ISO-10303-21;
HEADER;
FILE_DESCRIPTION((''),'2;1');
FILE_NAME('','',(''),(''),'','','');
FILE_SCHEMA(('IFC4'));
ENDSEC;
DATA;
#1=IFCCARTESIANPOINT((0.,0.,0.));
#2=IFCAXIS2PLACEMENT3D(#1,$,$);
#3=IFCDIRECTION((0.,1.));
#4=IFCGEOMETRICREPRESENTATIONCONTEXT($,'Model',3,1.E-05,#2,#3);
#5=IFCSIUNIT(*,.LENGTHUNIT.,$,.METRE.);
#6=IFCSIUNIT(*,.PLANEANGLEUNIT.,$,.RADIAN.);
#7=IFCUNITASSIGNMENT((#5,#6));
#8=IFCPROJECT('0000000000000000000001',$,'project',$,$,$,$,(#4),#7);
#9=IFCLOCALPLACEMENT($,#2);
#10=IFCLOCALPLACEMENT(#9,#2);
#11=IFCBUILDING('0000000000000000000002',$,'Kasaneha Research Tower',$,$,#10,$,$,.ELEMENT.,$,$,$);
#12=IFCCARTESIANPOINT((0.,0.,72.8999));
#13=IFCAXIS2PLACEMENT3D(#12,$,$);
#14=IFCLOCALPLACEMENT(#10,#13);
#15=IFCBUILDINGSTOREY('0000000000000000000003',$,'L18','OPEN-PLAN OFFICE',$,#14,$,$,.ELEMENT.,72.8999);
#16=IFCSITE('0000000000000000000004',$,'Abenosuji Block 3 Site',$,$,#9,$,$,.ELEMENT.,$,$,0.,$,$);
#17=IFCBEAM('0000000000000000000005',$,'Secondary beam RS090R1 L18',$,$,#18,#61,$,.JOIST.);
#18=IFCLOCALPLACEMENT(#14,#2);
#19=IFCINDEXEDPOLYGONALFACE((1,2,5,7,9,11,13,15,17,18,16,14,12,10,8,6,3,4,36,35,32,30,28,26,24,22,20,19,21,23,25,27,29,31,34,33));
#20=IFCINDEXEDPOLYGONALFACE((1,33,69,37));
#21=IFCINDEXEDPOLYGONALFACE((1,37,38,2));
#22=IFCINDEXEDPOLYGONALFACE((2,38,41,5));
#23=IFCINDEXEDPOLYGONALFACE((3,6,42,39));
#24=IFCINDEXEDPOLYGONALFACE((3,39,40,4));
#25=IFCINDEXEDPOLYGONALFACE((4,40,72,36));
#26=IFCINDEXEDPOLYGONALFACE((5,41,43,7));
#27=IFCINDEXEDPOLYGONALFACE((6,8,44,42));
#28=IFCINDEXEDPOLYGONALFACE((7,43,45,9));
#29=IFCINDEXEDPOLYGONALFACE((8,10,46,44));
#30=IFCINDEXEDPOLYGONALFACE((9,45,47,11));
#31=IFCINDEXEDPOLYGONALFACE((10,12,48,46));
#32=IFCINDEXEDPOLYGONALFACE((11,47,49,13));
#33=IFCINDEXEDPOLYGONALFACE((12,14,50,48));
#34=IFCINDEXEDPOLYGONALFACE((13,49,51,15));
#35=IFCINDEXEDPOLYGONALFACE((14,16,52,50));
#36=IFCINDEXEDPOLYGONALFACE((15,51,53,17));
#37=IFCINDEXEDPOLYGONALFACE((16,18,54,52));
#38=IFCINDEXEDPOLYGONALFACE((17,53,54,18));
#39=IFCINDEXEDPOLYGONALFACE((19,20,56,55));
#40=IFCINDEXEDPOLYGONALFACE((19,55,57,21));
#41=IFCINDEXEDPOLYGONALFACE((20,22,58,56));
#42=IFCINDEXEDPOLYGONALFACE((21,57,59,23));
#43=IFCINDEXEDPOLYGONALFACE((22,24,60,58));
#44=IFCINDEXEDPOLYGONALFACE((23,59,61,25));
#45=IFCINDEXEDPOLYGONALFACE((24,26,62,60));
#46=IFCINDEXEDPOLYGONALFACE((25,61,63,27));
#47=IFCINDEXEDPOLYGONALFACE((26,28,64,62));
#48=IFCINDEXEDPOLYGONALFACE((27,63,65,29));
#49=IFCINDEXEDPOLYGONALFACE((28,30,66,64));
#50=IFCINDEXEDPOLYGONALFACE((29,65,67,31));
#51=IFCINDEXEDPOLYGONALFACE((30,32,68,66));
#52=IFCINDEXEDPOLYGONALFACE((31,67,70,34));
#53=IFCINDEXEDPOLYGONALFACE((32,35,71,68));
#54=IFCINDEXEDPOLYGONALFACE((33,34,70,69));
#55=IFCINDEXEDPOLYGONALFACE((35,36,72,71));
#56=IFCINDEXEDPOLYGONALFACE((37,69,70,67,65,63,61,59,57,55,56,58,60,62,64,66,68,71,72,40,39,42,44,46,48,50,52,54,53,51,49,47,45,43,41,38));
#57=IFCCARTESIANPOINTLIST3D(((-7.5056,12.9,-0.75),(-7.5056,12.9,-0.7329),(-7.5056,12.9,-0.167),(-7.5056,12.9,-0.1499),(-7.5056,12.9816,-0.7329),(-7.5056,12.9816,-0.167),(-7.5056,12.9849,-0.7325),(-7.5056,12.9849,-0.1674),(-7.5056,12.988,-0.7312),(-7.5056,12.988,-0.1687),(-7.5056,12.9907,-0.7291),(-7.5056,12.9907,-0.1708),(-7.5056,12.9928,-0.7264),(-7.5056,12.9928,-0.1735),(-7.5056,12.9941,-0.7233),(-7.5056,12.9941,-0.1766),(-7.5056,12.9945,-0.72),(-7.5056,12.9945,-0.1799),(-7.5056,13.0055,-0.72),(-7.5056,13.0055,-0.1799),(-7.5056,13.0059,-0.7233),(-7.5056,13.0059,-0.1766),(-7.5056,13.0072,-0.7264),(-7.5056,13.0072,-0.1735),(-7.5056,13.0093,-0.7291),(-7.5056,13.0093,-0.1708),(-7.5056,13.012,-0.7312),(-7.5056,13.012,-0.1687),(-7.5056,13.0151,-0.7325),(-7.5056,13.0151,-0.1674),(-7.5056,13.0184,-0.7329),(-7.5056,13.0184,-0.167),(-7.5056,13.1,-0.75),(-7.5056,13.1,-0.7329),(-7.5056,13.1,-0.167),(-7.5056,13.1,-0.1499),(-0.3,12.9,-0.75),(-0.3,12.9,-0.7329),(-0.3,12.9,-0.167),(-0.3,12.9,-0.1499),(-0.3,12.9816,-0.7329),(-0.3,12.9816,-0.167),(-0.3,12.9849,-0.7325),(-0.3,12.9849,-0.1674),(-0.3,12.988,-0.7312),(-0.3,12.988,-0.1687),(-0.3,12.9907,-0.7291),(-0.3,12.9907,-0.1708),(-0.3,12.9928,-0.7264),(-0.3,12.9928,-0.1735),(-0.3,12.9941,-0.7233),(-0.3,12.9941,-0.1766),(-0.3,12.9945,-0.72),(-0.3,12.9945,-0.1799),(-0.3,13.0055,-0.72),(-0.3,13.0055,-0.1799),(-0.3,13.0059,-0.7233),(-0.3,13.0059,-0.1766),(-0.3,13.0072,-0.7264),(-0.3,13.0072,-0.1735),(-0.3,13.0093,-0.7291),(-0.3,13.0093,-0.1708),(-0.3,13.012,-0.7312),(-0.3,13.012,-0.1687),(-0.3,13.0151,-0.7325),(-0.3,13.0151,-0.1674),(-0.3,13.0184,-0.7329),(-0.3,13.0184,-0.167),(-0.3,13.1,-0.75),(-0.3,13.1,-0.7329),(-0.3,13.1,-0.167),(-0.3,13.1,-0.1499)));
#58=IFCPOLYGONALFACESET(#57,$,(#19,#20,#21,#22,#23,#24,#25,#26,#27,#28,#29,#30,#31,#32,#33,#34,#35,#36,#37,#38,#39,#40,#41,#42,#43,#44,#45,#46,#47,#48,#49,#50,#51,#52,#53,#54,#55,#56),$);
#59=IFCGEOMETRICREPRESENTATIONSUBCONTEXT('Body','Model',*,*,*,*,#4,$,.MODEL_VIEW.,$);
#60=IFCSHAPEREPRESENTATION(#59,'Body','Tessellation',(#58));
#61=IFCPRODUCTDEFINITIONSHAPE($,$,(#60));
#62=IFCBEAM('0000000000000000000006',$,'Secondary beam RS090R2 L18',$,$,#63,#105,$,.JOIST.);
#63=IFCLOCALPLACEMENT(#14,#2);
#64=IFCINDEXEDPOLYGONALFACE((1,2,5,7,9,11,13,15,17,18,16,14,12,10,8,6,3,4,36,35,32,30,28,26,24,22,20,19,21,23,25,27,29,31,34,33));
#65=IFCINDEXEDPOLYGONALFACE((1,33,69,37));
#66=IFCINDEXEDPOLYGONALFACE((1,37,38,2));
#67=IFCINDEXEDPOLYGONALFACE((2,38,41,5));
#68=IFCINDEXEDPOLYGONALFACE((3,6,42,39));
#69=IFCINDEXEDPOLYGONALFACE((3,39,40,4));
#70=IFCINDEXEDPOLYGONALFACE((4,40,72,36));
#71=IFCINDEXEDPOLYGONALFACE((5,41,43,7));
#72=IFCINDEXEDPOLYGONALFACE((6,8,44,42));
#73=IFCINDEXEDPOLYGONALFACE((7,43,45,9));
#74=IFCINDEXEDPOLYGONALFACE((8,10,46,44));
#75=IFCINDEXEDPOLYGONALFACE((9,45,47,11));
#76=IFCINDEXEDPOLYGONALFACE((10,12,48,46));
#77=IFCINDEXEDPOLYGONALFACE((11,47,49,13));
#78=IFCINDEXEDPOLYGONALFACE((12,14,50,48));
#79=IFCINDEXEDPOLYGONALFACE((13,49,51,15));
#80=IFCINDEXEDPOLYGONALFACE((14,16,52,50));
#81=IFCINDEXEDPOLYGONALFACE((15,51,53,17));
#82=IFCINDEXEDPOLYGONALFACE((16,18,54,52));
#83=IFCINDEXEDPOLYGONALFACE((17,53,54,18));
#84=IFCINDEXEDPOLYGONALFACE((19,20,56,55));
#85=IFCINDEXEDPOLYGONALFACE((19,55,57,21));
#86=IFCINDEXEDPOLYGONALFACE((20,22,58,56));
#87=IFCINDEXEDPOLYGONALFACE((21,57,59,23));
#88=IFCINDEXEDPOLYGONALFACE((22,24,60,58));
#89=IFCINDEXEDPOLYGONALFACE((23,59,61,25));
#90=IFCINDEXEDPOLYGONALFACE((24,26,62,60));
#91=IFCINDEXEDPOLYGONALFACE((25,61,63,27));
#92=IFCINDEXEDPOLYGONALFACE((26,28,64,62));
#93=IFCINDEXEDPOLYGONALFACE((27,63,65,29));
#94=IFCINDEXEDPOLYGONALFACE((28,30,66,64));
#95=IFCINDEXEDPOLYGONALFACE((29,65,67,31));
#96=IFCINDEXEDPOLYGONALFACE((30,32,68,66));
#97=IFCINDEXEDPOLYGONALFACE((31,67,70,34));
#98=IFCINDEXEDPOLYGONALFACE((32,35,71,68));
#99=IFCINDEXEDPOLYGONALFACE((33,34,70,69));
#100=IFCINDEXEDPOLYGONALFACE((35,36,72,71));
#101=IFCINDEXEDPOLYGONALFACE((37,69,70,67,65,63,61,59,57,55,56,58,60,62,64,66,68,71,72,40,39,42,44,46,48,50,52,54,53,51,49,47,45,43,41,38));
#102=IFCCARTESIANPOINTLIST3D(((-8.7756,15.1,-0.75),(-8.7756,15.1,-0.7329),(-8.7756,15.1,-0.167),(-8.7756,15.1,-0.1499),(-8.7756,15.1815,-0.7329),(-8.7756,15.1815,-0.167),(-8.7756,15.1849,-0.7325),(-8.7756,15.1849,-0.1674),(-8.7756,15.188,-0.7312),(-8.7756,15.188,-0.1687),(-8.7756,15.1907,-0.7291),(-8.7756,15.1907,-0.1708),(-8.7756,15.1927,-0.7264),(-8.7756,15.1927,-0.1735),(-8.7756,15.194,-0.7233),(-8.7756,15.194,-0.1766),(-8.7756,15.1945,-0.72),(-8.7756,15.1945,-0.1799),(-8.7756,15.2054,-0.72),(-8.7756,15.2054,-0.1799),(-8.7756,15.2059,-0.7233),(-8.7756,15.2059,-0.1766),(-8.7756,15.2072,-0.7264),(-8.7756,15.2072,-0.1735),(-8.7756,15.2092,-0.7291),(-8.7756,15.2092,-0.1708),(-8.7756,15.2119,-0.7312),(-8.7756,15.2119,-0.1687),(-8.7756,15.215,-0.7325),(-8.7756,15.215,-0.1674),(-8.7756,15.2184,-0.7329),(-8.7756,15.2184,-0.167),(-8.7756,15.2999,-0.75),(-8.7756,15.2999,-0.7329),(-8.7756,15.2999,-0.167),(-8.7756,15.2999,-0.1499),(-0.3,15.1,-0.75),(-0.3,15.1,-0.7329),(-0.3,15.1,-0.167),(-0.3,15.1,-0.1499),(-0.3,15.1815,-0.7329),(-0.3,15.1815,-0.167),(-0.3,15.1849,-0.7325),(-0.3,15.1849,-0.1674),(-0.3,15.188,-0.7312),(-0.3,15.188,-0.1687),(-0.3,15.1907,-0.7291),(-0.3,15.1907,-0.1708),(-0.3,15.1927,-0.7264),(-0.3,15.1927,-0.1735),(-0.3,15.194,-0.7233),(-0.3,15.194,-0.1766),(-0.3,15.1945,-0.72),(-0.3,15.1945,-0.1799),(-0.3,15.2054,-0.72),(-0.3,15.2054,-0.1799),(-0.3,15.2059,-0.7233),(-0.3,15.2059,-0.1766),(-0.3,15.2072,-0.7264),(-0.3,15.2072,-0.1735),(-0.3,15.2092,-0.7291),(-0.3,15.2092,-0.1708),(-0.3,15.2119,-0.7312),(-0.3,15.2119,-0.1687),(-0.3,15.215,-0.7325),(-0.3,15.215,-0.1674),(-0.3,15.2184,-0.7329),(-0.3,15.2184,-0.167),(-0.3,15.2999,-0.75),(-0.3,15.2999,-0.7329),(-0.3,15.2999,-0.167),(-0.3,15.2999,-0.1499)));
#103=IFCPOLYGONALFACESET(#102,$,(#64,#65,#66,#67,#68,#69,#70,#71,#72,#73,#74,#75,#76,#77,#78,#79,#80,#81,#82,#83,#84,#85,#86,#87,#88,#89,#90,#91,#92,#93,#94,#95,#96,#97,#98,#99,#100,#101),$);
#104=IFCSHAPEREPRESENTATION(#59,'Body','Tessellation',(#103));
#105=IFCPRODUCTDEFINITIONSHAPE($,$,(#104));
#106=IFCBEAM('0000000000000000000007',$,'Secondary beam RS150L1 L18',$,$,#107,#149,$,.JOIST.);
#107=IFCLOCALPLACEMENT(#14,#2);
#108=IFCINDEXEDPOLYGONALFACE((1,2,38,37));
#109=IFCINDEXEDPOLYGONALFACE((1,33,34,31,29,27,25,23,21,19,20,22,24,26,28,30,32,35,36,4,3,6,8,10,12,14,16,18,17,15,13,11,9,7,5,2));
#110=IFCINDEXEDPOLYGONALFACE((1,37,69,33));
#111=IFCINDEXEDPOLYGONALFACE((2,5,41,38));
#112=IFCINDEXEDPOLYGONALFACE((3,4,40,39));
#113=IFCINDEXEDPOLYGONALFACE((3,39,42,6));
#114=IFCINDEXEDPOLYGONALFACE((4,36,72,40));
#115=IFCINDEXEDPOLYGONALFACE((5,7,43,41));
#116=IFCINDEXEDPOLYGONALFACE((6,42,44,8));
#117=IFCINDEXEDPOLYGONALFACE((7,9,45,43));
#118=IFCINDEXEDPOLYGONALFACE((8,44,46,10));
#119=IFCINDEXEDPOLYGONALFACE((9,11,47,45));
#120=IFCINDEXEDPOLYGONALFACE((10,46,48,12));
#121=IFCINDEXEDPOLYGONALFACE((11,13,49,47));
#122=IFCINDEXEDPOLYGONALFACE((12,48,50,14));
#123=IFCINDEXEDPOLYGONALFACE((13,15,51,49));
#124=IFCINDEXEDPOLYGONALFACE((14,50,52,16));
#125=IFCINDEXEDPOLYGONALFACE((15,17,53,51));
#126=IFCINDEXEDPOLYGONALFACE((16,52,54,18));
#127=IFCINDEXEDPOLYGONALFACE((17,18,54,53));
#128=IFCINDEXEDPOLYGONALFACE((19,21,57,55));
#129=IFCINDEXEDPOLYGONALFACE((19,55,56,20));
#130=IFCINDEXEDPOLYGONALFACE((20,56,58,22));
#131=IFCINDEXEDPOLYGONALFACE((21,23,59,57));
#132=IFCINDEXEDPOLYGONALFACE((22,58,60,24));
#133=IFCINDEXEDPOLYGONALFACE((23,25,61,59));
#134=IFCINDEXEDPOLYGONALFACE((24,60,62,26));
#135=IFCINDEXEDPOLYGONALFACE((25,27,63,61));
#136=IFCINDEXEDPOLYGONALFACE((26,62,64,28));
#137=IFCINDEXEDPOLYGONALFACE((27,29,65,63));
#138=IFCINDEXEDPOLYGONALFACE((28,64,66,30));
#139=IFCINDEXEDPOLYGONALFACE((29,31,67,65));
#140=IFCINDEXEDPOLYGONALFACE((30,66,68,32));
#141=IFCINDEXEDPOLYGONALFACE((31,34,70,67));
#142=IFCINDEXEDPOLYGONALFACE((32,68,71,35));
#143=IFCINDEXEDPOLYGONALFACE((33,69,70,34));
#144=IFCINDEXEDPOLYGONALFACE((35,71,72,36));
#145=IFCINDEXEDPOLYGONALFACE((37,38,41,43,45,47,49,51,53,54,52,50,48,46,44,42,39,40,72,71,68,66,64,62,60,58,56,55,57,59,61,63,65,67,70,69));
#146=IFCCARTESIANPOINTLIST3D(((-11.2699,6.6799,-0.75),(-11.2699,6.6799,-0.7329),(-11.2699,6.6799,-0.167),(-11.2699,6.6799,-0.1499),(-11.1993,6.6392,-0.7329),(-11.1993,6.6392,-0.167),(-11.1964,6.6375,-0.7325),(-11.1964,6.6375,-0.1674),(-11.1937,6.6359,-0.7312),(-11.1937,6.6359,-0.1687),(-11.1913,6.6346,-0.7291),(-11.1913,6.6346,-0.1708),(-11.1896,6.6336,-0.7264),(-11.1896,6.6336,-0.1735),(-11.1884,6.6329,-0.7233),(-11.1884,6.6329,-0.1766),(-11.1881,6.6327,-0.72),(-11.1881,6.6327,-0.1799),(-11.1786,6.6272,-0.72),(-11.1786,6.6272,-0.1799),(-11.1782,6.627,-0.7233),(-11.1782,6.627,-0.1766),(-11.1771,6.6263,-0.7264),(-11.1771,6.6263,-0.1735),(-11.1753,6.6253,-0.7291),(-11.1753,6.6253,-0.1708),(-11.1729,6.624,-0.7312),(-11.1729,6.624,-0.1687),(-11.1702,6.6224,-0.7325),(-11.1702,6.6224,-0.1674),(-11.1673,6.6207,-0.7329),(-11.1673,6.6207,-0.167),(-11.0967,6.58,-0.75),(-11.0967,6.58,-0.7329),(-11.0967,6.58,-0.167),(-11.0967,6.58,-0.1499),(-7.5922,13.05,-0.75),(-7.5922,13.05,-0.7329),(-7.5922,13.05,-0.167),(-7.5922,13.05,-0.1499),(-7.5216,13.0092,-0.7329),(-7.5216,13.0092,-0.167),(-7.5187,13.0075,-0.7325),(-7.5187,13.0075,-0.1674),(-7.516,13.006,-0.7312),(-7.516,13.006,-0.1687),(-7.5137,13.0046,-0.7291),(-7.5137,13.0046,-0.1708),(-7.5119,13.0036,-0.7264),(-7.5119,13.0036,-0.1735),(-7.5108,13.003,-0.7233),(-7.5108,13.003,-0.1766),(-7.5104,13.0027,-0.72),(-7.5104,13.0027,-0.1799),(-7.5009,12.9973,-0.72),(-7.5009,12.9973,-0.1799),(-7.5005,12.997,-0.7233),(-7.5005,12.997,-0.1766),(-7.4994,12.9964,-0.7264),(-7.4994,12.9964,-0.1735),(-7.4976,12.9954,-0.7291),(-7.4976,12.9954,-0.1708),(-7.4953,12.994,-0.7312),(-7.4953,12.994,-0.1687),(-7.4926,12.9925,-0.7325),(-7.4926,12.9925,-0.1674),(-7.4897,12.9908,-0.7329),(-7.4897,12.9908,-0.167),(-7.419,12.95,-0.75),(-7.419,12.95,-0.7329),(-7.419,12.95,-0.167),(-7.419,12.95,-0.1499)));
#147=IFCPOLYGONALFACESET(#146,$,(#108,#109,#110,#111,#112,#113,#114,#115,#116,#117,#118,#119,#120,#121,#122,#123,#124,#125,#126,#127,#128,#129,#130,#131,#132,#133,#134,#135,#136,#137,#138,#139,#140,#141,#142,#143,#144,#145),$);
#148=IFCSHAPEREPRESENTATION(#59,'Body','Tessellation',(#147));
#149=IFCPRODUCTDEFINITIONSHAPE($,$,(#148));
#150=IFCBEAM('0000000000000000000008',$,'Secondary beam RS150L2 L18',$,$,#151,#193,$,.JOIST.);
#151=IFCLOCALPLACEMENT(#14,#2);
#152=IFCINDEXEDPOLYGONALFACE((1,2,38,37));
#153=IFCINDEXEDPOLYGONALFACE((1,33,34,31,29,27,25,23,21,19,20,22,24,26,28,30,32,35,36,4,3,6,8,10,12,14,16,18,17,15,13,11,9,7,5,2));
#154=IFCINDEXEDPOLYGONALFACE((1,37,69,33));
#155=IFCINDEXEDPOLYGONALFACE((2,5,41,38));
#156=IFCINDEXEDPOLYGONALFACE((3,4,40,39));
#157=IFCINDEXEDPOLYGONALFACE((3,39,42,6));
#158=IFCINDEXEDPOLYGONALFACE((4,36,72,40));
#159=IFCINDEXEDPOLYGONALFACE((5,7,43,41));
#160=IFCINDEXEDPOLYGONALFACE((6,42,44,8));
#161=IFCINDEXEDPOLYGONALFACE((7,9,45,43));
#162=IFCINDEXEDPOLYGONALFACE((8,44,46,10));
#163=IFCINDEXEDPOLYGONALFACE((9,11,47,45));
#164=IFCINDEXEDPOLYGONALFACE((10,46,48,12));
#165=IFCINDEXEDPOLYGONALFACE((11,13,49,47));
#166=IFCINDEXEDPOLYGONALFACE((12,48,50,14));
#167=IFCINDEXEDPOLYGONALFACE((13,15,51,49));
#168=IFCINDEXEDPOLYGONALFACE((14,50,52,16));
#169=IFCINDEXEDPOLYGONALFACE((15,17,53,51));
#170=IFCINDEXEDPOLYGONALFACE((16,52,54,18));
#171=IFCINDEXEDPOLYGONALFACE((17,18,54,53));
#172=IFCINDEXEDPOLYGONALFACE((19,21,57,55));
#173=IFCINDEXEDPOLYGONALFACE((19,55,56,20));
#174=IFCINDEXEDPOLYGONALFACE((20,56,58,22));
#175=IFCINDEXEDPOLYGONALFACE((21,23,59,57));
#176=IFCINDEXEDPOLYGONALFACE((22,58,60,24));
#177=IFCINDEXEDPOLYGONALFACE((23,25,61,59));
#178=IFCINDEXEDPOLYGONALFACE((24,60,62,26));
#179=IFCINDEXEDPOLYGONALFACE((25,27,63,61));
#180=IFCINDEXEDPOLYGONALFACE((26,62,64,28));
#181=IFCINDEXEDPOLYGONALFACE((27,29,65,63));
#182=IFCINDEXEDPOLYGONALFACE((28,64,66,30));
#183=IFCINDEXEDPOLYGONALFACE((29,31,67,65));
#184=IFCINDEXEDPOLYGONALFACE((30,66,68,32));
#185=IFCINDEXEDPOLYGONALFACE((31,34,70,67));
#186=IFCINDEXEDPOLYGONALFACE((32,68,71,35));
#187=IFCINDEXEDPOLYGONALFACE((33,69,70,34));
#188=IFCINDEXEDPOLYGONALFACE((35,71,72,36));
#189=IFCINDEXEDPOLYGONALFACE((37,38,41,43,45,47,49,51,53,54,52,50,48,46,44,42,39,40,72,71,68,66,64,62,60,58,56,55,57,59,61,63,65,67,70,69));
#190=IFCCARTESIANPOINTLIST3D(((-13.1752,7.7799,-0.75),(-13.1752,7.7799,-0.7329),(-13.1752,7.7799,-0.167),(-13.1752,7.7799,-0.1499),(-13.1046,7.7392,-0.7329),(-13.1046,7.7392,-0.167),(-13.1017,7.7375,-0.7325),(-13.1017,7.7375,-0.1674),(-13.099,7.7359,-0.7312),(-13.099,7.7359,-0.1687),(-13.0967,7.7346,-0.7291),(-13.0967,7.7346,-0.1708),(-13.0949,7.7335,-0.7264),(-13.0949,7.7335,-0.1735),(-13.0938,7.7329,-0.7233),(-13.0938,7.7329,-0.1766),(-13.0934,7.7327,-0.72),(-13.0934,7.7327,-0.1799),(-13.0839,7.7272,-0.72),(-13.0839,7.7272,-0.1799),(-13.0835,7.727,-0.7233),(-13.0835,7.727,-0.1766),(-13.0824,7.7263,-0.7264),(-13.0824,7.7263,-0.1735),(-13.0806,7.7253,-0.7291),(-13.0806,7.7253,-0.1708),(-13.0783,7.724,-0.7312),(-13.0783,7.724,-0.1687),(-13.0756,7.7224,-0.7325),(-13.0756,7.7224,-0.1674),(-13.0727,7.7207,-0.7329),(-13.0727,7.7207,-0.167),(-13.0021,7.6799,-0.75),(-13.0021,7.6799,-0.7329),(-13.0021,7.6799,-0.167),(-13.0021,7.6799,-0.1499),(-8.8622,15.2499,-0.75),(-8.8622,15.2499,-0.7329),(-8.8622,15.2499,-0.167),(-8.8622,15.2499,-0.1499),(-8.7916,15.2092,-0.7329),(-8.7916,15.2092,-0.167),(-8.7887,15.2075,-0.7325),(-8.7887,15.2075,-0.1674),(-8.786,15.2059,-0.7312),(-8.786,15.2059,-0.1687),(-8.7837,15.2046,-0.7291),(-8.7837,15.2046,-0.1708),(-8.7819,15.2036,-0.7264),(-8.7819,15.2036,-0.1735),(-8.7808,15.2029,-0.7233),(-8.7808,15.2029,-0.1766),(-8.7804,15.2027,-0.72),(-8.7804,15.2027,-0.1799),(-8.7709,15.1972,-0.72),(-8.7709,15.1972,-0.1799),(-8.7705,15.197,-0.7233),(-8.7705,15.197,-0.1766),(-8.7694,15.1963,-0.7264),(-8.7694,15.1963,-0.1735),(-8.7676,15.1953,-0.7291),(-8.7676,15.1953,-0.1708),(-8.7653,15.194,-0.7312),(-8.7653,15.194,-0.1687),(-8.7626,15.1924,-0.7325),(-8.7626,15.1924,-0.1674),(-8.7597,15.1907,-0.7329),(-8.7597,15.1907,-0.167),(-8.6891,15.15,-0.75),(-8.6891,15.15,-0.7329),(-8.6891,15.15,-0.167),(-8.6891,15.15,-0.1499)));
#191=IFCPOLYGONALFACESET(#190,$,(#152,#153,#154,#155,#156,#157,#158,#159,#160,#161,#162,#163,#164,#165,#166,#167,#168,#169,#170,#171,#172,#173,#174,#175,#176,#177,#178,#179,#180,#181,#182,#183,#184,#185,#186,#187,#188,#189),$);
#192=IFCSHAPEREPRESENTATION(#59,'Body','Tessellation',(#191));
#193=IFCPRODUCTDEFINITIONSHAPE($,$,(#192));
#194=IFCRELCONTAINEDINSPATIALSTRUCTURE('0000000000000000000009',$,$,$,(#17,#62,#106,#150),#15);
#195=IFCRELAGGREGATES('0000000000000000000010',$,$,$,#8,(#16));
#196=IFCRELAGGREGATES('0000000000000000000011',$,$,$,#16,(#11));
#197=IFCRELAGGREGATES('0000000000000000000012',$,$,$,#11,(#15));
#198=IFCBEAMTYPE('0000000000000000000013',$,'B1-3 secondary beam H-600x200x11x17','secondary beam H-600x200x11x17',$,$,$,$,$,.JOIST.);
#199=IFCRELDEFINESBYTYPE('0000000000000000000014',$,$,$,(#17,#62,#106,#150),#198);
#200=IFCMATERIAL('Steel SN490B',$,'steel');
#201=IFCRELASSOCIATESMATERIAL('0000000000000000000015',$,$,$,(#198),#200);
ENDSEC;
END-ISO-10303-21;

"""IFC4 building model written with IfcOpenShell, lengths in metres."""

from ifc_helpers import new_model, si_unit, direction, frame, origin, origin_2d, place, context, subcontext, project, spatial, i_section, extrude, material, material_profile, profile_set, type_object, element, save


model = new_model("IFC4")

# Units and contexts
model_context = context("Model", 3, precision=1e-05, world=origin(), true_north=direction((0.0, 1.0)))
body_context = subcontext(model_context, "Body", "Model", "MODEL_VIEW")
ifc_project = project(units=[si_unit("LENGTHUNIT", "METRE"), si_unit("PLANEANGLEUNIT", "RADIAN")], contexts=[model_context])

# Site, building, storey
site_placement = place(None, origin())
site = spatial("IfcSite", under=ifc_project, at=site_placement, Name="Abenosuji Block 3 Site", CompositionType="ELEMENT", RefElevation=0.0)
building_placement = place(site_placement, origin())
building = spatial("IfcBuilding", under=site, at=building_placement, Name="Kasaneha Research Tower", CompositionType="ELEMENT")
storey_placement = place(building_placement, frame((0.0, 0.0, 72.8999)))
storey = spatial("IfcBuildingStorey", under=building, at=storey_placement, Name="L18", Description="OPEN-PLAN OFFICE", CompositionType="ELEMENT", Elevation=72.8999)

# Beams
ifc_material_1 = material(Name="Steel SN490B", Category="steel")
ifc_material_profile_1 = material_profile(ifc_material_1, i_section(OverallWidth=0.2, OverallDepth=0.6001, WebThickness=0.011, FlangeThickness=0.0171, FilletRadius=0.0129, at=origin_2d()), Name="H-600x200x11x17")
ifc_profile_set_1 = profile_set([ifc_material_profile_1], Name="Steel SN490B")
beam_type_1 = type_object("IfcBeamType", Name="B1-3 secondary beam H-600x200x11x17", Description="secondary beam H-600x200x11x17", PredefinedType="JOIST", material=ifc_profile_set_1)
beam_1_placement = place(storey_placement, frame((-7.5056, 13.0, -0.45), z_axis=(1.0, 0.0, 0.0), x_axis=(0.0, 1.0, 0.0)))
element("IfcBeam", 1, at=beam_1_placement, inside=storey, type_object=beam_type_1, Name="Secondary beam RS090R1 L18", PredefinedType="JOIST", context=body_context, shape_type="SweptSolid", body=[
    extrude(i_section(OverallWidth=0.2, OverallDepth=0.6001, WebThickness=0.011, FlangeThickness=0.0171, FilletRadius=0.0129, at=origin_2d()), origin(), (0.0, 0.0, 1.0), 7.2056),
])
beam_2_placement = place(storey_placement, frame((-8.7756, 15.2, -0.45), z_axis=(1.0, 0.0, 0.0), x_axis=(0.0, 1.0, 0.0)))
element("IfcBeam", 2, at=beam_2_placement, inside=storey, type_object=beam_type_1, Name="Secondary beam RS090R2 L18", PredefinedType="JOIST", context=body_context, shape_type="SweptSolid", body=[
    extrude(i_section(OverallWidth=0.2, OverallDepth=0.6001, WebThickness=0.011, FlangeThickness=0.0171, FilletRadius=0.0129, at=origin_2d()), origin(), (0.0, 0.0, 1.0), 8.4756),
])
beam_3_placement = place(storey_placement, frame((-7.5056, 13.0, -0.45), z_axis=(-0.499994, -0.866029, 0.0), x_axis=(0.866029, -0.499994, 0.0)))
element("IfcBeam", 3, at=beam_3_placement, inside=storey, type_object=beam_type_1, Name="Secondary beam RS150L1 L18", PredefinedType="JOIST", context=body_context, shape_type="SweptSolid", body=[
    extrude(i_section(OverallWidth=0.2, OverallDepth=0.6001, WebThickness=0.011, FlangeThickness=0.0171, FilletRadius=0.0129, at=origin_2d()), origin(), (0.0, 0.0, 1.0), 7.3555),
])
beam_4_placement = place(storey_placement, frame((-8.7756, 15.2, -0.45), z_axis=(-0.500017, -0.866015, 0.0), x_axis=(0.866015, -0.500017, 0.0)))
element("IfcBeam", 4, at=beam_4_placement, inside=storey, type_object=beam_type_1, Name="Secondary beam RS150L2 L18", PredefinedType="JOIST", context=body_context, shape_type="SweptSolid", body=[
    extrude(i_section(OverallWidth=0.2, OverallDepth=0.6001, WebThickness=0.011, FlangeThickness=0.0171, FilletRadius=0.0129, at=origin_2d()), origin(), (0.0, 0.0, 1.0), 8.6257),
])

save(model, "model.ifc")
